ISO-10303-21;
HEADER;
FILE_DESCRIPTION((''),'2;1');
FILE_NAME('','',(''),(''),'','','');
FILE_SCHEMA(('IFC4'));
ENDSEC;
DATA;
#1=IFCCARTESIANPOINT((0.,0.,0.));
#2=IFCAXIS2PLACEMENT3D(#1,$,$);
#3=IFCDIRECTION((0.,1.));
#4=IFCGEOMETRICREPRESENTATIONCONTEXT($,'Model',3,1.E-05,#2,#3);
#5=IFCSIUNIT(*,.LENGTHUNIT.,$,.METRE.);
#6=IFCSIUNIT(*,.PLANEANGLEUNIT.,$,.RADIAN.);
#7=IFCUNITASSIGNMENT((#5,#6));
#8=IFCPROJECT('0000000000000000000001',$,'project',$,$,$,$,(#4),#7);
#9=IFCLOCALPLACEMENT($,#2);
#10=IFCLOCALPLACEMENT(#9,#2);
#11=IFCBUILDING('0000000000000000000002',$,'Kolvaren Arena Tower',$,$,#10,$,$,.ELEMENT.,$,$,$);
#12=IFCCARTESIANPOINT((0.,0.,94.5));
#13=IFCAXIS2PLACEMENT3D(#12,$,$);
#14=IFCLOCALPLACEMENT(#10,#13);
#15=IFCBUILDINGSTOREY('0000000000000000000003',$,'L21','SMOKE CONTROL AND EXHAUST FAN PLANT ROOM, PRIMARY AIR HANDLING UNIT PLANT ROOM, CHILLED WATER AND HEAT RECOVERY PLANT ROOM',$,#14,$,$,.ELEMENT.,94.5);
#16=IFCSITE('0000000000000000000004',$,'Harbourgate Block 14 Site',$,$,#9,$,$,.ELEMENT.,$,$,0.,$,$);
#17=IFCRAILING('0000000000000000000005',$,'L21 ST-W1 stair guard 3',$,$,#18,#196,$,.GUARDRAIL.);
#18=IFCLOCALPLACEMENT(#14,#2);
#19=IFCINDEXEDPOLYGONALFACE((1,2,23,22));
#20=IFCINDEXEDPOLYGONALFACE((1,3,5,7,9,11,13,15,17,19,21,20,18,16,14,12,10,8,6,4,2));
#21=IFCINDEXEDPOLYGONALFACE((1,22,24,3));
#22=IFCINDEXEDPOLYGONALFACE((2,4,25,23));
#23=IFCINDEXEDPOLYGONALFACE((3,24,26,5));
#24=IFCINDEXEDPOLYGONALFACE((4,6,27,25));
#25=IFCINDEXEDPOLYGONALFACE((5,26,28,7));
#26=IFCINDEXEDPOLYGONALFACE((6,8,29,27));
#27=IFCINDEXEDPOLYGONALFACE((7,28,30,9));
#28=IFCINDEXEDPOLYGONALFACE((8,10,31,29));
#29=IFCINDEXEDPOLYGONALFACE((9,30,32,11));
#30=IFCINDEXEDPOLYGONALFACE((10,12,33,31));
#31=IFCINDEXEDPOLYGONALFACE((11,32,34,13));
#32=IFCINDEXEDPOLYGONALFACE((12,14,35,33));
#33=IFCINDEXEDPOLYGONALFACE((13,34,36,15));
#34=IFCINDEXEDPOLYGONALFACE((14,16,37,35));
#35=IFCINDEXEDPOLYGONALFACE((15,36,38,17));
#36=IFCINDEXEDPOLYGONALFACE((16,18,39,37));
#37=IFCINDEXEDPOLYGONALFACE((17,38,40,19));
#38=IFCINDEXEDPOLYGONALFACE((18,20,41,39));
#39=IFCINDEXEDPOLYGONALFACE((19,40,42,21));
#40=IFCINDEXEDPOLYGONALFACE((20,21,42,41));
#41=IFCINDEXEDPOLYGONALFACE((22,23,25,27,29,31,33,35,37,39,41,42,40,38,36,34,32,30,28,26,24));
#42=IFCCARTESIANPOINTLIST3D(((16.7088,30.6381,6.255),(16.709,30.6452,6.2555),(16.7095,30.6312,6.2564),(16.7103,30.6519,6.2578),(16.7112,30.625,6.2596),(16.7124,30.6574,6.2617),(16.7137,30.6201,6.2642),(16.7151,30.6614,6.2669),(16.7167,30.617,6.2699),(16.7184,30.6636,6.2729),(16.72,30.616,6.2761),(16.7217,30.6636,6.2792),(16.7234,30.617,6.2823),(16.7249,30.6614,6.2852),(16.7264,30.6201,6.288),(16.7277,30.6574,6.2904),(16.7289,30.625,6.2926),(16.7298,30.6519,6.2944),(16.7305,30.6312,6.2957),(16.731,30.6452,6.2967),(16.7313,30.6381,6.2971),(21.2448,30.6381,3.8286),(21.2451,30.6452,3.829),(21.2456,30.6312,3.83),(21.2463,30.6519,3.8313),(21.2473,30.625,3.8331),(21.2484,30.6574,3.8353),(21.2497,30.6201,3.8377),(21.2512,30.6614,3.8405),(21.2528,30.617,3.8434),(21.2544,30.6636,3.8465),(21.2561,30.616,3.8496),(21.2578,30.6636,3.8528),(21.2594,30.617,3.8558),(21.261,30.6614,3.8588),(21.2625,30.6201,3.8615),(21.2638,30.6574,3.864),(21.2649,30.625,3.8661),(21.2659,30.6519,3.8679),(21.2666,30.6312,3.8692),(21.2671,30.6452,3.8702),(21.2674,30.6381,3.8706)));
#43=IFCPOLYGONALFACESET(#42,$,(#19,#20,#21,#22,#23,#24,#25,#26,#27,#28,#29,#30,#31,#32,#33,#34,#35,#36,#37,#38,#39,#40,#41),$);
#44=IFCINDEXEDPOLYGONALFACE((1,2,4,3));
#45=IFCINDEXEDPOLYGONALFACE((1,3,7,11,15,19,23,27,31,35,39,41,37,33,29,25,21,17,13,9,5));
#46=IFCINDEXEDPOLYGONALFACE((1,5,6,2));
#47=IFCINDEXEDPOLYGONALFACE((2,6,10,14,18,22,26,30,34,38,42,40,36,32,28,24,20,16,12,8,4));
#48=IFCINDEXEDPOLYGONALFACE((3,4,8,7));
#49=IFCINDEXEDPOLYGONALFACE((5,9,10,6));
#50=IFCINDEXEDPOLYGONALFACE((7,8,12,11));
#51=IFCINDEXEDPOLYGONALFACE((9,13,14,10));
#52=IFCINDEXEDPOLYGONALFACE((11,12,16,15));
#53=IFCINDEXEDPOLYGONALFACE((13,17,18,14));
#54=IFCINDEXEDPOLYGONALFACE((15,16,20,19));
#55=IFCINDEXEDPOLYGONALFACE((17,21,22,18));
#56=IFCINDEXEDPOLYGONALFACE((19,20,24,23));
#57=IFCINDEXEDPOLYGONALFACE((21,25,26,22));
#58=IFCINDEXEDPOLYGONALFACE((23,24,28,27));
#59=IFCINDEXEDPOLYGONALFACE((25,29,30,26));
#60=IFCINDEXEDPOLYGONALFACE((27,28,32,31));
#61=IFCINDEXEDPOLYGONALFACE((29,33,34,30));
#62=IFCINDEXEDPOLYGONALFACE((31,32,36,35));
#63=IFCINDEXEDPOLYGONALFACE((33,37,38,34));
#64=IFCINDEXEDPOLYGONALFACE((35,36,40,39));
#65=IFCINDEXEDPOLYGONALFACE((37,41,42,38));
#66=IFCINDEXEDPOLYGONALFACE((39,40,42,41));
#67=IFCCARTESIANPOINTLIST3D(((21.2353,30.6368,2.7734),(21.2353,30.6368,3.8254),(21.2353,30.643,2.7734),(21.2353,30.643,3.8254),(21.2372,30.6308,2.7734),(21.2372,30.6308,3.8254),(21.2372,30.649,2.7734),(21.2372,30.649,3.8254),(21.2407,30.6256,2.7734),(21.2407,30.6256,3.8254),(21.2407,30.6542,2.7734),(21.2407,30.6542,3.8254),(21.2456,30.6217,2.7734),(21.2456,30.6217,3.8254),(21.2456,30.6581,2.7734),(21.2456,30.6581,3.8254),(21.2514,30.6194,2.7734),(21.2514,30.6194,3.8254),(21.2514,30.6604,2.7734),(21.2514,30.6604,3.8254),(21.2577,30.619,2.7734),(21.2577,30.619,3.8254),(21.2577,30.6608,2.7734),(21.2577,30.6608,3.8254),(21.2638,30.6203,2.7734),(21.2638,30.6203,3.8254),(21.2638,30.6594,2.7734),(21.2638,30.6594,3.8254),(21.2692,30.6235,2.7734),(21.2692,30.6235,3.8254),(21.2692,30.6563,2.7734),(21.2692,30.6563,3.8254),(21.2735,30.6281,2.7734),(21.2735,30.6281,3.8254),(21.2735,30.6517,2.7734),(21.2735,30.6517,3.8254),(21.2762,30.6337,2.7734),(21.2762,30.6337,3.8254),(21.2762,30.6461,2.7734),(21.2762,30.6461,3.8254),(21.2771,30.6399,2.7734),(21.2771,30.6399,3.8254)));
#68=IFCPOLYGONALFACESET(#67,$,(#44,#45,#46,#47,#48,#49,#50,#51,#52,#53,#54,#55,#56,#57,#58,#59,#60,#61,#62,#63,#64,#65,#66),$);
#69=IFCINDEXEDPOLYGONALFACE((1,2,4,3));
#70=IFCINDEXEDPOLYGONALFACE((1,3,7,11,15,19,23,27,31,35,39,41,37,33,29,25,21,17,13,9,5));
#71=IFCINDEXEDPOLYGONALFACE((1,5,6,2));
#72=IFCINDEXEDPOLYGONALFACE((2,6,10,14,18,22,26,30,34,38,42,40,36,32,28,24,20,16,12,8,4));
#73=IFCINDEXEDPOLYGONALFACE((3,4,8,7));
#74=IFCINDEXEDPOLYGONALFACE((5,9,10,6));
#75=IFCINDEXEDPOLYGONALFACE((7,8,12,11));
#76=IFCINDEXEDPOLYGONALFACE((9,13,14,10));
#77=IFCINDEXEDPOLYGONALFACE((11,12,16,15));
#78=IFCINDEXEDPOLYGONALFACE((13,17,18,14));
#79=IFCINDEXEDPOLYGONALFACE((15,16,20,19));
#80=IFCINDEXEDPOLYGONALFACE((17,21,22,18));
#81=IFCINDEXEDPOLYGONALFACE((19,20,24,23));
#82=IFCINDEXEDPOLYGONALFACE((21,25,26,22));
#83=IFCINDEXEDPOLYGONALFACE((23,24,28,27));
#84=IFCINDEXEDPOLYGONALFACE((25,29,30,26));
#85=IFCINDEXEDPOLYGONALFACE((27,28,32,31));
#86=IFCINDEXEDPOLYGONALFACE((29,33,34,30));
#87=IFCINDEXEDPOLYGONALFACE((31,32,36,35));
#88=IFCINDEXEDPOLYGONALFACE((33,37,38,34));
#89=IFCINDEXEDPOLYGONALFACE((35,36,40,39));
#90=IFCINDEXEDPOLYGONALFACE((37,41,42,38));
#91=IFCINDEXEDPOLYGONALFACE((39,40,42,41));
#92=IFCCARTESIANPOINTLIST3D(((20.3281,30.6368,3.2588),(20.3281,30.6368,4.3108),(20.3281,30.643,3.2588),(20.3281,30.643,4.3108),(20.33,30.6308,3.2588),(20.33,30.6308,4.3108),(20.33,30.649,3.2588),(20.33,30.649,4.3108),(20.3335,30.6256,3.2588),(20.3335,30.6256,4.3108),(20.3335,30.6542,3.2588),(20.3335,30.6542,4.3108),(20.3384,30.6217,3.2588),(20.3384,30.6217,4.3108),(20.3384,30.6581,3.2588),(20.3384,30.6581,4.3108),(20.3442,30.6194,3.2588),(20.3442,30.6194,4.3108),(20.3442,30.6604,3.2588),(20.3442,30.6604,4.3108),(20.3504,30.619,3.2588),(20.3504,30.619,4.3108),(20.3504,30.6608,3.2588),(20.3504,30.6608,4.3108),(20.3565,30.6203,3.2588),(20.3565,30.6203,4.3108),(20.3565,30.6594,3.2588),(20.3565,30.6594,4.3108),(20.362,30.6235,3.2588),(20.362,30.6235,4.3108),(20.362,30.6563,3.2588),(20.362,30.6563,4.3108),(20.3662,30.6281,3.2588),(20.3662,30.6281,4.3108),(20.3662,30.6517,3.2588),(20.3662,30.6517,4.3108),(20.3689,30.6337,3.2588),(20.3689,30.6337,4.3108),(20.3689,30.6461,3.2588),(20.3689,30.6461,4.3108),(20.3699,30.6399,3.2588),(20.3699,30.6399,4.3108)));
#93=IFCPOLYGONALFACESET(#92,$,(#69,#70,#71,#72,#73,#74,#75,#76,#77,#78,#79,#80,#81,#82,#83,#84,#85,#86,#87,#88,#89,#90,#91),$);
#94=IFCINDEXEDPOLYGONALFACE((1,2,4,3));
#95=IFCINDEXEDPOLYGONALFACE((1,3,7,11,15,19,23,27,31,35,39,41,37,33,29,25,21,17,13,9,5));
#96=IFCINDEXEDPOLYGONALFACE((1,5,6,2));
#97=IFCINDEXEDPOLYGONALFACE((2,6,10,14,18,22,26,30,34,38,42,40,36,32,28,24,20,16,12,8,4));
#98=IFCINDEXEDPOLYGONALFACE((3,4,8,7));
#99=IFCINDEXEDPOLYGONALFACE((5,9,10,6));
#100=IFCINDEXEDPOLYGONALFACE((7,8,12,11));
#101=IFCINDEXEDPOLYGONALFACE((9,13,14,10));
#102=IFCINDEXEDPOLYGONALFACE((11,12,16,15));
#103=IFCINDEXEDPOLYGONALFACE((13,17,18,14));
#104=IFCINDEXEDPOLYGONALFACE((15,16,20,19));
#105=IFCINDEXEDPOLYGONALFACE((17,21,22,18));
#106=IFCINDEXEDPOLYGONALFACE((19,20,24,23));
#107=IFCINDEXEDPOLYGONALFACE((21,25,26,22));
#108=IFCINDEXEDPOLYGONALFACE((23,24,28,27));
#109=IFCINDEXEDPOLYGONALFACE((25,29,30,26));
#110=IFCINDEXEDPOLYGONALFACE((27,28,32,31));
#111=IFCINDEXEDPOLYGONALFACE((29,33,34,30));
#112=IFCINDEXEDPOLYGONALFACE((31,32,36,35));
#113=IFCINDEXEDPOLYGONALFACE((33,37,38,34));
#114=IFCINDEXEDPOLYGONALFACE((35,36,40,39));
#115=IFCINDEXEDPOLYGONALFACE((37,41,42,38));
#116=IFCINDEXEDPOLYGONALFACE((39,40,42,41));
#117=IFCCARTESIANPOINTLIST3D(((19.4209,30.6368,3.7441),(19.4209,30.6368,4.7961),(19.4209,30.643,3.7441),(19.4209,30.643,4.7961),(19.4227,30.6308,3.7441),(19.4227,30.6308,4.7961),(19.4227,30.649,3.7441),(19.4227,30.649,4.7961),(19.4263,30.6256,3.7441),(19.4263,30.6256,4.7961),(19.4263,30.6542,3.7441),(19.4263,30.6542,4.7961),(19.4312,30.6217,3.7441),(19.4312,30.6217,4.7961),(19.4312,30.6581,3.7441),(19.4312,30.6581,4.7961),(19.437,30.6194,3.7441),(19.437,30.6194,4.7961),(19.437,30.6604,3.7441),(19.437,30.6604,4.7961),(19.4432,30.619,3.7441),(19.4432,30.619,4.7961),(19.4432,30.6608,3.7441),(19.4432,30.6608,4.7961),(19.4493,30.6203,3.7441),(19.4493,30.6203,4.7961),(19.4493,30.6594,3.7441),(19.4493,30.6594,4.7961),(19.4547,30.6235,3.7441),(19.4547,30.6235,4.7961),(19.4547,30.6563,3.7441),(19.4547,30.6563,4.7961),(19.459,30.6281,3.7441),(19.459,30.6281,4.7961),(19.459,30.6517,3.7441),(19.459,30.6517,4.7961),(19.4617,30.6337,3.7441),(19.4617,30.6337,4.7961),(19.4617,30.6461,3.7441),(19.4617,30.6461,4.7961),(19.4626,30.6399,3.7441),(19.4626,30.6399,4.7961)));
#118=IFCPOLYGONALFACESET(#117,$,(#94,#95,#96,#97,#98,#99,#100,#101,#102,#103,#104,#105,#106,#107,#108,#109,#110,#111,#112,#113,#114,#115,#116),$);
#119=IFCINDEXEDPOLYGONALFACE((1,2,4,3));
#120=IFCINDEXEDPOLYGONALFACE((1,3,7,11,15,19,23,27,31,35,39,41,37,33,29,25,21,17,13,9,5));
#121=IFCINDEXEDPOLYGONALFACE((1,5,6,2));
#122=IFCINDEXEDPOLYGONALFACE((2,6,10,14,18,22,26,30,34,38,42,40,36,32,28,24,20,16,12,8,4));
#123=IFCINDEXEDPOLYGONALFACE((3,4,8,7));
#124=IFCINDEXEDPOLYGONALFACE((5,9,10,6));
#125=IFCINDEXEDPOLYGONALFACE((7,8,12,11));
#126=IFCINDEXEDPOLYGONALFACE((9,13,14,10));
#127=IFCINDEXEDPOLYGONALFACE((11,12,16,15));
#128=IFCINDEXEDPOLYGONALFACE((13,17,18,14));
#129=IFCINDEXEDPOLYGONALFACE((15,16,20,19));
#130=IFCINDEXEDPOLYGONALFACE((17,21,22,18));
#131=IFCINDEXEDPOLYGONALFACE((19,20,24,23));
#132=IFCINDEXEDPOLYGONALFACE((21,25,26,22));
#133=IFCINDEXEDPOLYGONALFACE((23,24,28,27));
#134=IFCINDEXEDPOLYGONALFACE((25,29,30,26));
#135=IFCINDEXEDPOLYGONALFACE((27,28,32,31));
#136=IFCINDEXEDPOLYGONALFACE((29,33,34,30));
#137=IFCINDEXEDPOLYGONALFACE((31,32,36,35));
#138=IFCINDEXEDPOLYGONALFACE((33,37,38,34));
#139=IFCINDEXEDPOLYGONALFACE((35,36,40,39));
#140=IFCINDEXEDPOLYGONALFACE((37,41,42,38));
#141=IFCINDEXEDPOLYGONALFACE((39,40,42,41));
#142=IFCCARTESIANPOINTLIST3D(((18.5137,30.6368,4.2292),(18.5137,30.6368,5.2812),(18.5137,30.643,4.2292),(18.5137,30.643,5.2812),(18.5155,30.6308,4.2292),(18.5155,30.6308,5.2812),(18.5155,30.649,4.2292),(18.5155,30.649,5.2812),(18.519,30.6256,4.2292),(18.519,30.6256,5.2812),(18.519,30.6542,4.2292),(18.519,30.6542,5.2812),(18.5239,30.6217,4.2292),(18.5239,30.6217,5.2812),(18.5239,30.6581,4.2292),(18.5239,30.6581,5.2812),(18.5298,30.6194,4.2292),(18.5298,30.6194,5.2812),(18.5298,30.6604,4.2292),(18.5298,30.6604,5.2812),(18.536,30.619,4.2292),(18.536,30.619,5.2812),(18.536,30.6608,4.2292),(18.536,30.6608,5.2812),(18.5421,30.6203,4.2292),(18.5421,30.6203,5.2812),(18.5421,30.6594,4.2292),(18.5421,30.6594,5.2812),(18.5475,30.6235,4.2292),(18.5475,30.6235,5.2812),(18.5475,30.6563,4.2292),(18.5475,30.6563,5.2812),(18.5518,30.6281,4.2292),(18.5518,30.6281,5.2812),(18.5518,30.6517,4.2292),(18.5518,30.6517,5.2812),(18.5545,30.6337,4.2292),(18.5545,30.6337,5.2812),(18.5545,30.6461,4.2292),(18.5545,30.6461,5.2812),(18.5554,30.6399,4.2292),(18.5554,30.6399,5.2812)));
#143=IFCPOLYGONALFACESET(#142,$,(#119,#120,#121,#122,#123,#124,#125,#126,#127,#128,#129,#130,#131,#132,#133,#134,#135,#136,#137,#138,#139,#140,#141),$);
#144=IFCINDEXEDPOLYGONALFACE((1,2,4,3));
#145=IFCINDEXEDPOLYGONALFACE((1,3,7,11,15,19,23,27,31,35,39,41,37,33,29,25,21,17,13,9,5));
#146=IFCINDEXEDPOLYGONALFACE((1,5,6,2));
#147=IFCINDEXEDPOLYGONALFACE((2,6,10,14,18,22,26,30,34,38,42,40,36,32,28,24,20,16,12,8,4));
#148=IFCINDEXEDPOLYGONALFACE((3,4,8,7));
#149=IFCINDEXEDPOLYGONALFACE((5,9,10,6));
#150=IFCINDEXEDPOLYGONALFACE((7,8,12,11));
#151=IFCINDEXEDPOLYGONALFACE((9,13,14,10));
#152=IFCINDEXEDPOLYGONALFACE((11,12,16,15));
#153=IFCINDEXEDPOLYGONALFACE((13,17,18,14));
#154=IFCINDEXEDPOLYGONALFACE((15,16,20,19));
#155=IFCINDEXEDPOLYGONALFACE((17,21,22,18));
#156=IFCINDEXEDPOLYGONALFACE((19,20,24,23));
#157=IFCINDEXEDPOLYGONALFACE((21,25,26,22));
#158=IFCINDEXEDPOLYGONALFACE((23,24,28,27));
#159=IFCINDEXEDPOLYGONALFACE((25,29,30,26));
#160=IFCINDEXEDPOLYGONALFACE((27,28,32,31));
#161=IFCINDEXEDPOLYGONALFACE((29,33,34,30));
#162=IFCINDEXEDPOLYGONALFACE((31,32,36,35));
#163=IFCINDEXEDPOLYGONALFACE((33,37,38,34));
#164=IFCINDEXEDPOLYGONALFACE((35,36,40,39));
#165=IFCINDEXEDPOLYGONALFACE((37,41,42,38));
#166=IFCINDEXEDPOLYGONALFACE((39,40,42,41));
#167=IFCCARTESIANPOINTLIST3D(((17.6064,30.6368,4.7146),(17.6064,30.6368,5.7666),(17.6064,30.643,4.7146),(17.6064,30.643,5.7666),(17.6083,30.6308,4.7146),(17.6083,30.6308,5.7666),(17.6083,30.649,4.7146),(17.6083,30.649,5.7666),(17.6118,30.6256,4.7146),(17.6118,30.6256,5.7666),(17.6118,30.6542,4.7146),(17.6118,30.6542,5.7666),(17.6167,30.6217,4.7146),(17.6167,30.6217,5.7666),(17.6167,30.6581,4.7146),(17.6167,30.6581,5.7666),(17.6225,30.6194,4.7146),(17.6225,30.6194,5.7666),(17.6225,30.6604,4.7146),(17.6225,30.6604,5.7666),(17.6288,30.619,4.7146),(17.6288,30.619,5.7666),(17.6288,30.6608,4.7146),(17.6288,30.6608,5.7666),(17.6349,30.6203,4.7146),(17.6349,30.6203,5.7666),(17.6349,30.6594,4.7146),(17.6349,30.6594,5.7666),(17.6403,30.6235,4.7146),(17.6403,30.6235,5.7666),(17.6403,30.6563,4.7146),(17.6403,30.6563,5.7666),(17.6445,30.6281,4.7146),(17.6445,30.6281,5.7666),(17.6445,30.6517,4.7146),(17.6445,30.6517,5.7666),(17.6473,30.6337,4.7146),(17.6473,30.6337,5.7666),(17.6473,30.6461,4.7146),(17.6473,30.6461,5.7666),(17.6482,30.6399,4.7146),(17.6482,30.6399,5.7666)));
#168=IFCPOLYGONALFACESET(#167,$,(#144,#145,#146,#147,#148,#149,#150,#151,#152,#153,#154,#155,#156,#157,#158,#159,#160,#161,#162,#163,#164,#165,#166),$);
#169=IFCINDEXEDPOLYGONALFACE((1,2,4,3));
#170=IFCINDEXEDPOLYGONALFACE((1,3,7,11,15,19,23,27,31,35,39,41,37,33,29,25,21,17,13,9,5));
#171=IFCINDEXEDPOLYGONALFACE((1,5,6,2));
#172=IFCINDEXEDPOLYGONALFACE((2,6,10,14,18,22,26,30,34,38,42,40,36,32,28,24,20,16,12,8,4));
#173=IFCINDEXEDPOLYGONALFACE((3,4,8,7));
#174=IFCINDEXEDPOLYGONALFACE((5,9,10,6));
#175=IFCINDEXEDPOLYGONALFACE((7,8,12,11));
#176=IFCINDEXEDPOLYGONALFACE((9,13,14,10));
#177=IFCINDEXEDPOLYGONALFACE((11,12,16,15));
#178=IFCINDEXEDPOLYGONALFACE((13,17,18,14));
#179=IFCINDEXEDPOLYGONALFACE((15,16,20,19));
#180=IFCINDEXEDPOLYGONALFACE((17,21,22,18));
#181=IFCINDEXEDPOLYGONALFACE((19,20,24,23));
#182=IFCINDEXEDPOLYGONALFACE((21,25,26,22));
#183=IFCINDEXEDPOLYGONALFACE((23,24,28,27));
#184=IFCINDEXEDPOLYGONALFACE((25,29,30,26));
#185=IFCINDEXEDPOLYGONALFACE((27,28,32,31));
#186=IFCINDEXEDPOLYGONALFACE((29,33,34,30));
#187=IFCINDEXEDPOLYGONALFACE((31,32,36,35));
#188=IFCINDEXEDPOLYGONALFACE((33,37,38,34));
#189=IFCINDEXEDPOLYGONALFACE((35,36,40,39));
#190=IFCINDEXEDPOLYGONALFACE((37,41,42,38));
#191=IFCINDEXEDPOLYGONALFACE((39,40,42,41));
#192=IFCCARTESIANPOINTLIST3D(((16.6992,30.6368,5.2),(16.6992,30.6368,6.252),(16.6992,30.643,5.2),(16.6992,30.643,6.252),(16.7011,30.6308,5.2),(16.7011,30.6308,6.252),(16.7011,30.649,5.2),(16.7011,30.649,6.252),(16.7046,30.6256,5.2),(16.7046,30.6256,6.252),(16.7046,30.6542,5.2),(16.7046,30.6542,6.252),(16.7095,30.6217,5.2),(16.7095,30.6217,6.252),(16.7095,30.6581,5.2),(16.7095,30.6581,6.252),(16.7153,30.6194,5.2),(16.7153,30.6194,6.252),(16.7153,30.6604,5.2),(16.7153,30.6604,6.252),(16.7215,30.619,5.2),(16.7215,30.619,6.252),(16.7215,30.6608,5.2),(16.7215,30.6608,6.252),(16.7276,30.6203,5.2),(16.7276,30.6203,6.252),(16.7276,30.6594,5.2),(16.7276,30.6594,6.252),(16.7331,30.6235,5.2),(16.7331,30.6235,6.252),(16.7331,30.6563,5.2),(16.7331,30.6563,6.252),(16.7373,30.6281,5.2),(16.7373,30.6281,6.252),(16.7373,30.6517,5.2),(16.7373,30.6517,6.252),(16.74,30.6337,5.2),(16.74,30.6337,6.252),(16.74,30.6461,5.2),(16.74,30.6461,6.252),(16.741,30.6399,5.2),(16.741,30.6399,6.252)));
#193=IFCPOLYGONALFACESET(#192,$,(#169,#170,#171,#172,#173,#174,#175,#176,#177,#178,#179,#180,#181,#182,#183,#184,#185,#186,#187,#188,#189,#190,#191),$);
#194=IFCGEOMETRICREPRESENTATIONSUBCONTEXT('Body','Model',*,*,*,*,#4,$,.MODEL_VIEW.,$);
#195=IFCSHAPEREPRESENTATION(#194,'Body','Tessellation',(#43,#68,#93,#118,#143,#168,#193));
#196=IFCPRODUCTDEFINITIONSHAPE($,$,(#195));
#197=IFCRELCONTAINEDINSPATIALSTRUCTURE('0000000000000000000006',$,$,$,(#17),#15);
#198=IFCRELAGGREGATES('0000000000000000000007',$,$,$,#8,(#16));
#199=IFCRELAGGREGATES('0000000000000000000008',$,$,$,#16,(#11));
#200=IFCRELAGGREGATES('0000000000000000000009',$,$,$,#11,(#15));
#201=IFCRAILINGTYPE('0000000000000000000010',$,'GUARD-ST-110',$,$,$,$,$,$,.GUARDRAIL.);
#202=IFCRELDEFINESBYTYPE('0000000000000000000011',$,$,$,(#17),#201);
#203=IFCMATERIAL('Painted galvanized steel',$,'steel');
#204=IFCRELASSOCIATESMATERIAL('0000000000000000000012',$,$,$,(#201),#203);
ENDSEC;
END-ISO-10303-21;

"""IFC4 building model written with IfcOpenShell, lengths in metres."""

from ifc_helpers import new_model, si_unit, direction, frame, origin, origin_2d, place, context, subcontext, project, spatial, circle, extrude, material, type_object, element, save


model = new_model("IFC4")

# Units and contexts
model_context = context("Model", 3, precision=1e-05, world=origin(), true_north=direction((0.0, 1.0)))
body_context = subcontext(model_context, "Body", "Model", "MODEL_VIEW")
ifc_project = project(units=[si_unit("LENGTHUNIT", "METRE"), si_unit("PLANEANGLEUNIT", "RADIAN")], contexts=[model_context])

# Site, building, storey
site_placement = place(None, origin())
site = spatial("IfcSite", under=ifc_project, at=site_placement, Name="Harbourgate Block 14 Site", CompositionType="ELEMENT", RefElevation=0.0)
building_placement = place(site_placement, origin())
building = spatial("IfcBuilding", under=site, at=building_placement, Name="Kolvaren Arena Tower", CompositionType="ELEMENT")
storey_placement = place(building_placement, frame((0.0, 0.0, 94.5)))
storey = spatial("IfcBuildingStorey", under=building, at=storey_placement, Name="L21", Description="SMOKE CONTROL AND EXHAUST FAN PLANT ROOM, PRIMARY AIR HANDLING UNIT PLANT ROOM, CHILLED WATER AND HEAT RECOVERY PLANT ROOM", CompositionType="ELEMENT", Elevation=94.5)

# Railing
ifc_material_1 = material(Name="Painted galvanized steel", Category="steel")
railing_type_1 = type_object("IfcRailingType", Name="GUARD-ST-110", PredefinedType="GUARDRAIL", material=ifc_material_1)
railing_1_placement = place(storey_placement, frame((21.2561, 30.6399, 2.7734)))
element("IfcRailing", 1, at=railing_1_placement, inside=storey, type_object=railing_type_1, Name="L21 ST-W1 stair guard 3", PredefinedType="GUARDRAIL", context=body_context, shape_type="SweptSolid", body=[
    extrude(circle(Radius=0.0239, at=origin_2d()), frame((0.0, 0.0, 1.0762), z_axis=(-0.881768, 0.0, 0.471684), x_axis=(0.0, -1.0, 0.0)), (0.0, 0.0, 1.0), 5.1443),
    extrude(circle(Radius=0.021, at=origin_2d()), origin(), (0.0, 0.0, 1.0), 1.052),
    extrude(circle(Radius=0.021, at=origin_2d()), frame((-0.9072, 0.0, 0.4854)), (0.0, 0.0, 1.0), 1.052),
    extrude(circle(Radius=0.021, at=origin_2d()), frame((-1.8145, 0.0, 0.9707)), (0.0, 0.0, 1.0), 1.052),
    extrude(circle(Radius=0.021, at=origin_2d()), frame((-2.7217, 0.0, 1.4558)), (0.0, 0.0, 1.0), 1.052),
    extrude(circle(Radius=0.021, at=origin_2d()), frame((-3.6289, 0.0, 1.9412)), (0.0, 0.0, 1.0), 1.052),
    extrude(circle(Radius=0.021, at=origin_2d()), frame((-4.5361, 0.0, 2.4265)), (0.0, 0.0, 1.0), 1.052),
])

save(model, "model.ifc")
